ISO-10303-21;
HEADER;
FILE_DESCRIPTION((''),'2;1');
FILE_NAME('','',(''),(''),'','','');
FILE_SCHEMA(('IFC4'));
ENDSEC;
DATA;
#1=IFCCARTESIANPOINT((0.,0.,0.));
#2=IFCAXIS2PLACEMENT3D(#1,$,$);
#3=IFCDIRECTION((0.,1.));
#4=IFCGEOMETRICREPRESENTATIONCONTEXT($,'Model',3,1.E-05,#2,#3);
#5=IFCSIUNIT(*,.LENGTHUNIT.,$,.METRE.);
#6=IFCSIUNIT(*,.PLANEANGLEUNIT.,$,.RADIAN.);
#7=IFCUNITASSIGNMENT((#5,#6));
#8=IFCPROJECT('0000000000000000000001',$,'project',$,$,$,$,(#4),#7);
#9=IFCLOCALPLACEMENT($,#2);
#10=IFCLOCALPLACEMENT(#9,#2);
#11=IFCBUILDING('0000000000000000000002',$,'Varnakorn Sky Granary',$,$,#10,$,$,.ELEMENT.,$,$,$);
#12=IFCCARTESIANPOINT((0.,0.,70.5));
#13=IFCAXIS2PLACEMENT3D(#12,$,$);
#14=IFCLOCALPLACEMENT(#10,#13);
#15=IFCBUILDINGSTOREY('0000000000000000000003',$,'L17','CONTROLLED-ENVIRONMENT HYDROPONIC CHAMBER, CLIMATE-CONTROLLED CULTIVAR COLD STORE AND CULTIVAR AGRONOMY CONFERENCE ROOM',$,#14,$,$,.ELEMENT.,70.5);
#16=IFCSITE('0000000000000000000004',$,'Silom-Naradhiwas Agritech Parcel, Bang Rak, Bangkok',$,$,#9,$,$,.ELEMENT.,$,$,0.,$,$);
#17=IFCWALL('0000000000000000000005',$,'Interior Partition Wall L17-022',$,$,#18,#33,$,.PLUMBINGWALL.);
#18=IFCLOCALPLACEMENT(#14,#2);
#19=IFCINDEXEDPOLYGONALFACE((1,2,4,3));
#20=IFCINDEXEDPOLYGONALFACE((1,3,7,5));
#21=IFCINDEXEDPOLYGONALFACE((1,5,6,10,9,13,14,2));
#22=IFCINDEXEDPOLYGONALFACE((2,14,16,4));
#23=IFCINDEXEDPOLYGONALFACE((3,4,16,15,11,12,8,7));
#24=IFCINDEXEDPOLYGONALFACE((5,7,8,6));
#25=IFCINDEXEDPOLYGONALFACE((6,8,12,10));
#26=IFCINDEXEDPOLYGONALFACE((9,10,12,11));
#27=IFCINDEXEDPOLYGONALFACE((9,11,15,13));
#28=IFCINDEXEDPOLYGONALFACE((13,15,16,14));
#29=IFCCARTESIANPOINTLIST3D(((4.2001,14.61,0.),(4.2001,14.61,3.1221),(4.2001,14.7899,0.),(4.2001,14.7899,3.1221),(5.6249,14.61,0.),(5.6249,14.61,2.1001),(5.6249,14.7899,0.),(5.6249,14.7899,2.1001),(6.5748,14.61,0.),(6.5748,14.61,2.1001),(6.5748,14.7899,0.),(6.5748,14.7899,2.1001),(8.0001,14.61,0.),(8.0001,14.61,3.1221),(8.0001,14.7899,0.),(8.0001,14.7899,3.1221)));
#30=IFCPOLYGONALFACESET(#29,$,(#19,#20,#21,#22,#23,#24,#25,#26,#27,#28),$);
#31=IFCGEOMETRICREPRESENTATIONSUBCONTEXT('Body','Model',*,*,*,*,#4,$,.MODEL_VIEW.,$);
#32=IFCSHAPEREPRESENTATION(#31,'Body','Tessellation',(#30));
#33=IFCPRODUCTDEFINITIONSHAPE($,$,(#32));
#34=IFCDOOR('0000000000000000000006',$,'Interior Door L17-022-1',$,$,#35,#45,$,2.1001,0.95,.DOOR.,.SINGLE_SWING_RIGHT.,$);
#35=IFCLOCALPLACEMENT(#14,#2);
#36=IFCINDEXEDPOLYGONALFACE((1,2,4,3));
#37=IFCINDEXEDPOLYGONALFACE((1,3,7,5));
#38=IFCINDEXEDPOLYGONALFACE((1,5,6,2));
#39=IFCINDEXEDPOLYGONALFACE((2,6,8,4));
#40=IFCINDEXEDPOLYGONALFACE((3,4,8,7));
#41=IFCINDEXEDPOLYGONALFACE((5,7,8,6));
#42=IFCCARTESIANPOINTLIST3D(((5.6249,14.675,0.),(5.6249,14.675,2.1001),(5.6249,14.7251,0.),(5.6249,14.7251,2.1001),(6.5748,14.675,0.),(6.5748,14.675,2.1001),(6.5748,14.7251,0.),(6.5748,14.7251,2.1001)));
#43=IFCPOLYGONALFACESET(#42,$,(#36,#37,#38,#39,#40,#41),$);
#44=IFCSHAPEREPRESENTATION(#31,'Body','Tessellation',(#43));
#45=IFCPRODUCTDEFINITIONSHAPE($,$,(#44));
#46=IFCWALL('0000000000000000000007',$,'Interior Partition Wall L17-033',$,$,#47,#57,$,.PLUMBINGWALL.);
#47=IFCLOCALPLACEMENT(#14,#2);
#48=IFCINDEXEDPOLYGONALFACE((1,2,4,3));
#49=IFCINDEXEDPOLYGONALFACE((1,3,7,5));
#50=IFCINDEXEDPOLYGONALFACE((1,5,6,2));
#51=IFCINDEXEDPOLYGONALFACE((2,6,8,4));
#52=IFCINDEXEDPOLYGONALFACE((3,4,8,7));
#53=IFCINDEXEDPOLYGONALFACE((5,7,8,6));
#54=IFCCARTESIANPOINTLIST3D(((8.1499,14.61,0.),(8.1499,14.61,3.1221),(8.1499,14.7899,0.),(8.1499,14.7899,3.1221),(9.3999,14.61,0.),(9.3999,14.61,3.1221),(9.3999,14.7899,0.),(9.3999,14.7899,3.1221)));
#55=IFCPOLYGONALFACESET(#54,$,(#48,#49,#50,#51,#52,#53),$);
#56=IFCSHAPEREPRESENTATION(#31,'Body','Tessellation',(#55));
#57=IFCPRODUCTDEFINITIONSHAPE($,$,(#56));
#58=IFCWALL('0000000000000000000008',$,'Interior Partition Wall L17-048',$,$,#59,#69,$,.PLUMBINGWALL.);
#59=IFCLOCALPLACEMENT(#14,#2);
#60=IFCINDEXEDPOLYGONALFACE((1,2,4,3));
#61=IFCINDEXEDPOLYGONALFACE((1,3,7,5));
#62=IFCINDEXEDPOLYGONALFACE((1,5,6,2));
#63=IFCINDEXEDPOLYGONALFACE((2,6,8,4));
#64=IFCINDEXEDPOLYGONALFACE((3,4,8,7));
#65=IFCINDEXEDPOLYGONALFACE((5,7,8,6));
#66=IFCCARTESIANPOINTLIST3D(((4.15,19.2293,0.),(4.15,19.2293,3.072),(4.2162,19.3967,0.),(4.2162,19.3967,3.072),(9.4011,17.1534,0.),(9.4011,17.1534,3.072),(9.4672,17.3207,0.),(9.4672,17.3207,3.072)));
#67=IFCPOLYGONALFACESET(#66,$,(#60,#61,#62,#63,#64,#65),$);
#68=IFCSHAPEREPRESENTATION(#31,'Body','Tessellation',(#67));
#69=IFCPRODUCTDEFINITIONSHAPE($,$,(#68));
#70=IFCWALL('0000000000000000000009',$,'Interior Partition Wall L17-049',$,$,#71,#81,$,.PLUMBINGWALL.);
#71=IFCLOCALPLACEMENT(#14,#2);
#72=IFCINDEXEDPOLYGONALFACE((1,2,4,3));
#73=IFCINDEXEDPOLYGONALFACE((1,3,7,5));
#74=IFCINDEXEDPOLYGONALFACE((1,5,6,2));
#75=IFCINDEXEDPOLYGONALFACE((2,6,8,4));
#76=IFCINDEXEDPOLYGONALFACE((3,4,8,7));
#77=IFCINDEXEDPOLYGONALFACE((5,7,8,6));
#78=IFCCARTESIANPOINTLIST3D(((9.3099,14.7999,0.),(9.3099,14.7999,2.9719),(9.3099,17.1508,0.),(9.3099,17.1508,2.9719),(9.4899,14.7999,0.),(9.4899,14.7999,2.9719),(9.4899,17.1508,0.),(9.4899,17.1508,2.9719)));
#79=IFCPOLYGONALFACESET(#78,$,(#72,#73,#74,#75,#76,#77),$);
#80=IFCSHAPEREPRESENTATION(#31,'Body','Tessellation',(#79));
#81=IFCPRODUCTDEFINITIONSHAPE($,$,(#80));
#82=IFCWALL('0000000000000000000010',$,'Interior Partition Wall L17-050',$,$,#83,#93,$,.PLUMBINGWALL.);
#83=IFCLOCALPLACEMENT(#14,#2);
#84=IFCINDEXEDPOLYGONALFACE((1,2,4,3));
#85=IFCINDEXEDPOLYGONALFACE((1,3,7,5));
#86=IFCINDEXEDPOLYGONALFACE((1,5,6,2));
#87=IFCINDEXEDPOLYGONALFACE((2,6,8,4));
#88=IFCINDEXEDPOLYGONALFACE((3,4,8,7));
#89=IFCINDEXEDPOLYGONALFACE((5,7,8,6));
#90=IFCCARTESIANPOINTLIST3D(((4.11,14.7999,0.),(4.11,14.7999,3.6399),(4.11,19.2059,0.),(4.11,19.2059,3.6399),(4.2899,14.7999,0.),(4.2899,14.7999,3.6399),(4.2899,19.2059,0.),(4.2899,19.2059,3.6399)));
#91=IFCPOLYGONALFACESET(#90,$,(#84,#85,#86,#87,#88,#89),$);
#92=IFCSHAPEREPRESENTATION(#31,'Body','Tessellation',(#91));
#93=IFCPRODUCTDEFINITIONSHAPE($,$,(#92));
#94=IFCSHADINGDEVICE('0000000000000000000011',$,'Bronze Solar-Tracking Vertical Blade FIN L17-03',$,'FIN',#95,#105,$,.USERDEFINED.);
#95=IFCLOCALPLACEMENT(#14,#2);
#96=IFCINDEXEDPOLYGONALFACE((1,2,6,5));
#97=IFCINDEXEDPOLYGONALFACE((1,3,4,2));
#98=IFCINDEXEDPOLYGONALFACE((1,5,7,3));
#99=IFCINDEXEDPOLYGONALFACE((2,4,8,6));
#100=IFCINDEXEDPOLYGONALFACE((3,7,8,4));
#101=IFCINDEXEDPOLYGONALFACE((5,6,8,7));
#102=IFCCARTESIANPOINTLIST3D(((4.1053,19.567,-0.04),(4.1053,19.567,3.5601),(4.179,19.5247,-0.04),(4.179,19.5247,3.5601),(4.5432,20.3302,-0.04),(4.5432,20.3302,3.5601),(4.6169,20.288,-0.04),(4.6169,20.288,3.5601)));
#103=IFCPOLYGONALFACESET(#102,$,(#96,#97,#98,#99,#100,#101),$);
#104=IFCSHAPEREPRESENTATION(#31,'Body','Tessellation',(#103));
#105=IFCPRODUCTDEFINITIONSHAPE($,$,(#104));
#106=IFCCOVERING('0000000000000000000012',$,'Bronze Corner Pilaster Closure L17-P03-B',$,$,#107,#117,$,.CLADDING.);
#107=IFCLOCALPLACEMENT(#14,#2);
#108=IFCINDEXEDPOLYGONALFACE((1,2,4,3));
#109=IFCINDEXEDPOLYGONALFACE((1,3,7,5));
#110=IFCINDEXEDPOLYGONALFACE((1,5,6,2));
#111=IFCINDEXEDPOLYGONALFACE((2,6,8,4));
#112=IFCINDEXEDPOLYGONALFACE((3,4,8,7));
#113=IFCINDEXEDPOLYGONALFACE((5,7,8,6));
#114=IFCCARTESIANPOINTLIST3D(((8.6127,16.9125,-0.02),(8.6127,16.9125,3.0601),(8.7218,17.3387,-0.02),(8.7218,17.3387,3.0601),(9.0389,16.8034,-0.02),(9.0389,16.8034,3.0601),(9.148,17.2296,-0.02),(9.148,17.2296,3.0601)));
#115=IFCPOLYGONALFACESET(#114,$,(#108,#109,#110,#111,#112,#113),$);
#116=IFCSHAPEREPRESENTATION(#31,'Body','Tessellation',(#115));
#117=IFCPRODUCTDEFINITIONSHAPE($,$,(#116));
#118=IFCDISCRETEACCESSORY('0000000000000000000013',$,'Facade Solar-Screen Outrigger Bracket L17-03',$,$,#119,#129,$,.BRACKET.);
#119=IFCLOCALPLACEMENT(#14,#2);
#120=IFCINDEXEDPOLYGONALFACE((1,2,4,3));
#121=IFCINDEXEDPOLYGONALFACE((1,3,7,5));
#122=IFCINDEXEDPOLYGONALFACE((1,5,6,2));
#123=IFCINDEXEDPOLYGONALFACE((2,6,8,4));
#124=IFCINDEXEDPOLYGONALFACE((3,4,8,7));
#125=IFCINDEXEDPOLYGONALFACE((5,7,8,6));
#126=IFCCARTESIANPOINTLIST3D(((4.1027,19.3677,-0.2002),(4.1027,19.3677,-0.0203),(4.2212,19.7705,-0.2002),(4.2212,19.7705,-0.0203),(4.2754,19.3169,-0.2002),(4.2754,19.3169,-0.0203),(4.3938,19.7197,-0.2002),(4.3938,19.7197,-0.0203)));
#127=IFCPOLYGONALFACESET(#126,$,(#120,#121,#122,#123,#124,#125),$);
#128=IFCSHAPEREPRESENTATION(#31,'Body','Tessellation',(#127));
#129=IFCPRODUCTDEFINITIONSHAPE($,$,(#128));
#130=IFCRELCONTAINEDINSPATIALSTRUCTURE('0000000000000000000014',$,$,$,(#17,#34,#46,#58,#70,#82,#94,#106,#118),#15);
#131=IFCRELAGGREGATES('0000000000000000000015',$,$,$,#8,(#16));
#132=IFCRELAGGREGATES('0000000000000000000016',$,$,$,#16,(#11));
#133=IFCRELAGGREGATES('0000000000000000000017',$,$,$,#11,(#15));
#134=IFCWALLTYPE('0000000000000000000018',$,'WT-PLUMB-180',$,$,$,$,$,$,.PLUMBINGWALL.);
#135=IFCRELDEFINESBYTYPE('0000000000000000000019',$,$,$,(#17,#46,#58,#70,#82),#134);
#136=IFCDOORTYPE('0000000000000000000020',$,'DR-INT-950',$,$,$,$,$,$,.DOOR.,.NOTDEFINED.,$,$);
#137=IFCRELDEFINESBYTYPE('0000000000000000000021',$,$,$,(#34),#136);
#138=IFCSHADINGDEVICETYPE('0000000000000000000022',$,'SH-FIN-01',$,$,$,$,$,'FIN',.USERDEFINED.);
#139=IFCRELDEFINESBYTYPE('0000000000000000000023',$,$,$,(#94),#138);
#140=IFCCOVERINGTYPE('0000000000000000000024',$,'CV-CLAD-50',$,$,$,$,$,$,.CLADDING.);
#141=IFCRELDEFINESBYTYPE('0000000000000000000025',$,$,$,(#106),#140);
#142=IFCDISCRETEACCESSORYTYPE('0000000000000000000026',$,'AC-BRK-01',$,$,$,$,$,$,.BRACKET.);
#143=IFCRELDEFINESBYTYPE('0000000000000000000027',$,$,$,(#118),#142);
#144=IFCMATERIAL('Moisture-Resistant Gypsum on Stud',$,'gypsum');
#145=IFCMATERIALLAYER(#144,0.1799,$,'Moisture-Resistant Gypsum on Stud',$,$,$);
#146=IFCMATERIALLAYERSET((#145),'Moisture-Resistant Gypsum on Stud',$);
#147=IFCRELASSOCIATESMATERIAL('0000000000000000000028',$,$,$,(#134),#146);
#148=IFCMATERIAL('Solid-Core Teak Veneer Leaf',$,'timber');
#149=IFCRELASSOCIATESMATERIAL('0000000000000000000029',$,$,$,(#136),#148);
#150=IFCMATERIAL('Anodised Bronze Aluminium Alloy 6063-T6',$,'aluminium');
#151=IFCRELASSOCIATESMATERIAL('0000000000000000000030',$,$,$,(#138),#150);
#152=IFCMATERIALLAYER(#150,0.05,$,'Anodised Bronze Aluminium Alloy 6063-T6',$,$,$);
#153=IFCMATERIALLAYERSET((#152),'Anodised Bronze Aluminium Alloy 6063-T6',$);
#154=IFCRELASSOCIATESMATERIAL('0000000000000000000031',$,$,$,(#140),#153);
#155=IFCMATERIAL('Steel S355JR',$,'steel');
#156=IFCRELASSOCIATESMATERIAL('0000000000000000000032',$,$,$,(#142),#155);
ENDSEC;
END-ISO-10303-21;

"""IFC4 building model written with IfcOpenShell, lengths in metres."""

from ifc_helpers import new_model, si_unit, direction, frame, frame_2d, origin, origin_2d, place, context, subcontext, project, spatial, rectangle, extrude, source, transform, mapped, material, layer, layer_set, type_object, type_shapes, element, fill, save


model = new_model("IFC4")

# Units and contexts
model_context = context("Model", 3, precision=1e-05, world=origin(), true_north=direction((0.0, 1.0)))
body_context = subcontext(model_context, "Body", "Model", "MODEL_VIEW")
ifc_project = project(units=[si_unit("LENGTHUNIT", "METRE"), si_unit("PLANEANGLEUNIT", "RADIAN")], contexts=[model_context])

# Site, building, storey
site_placement = place(None, origin())
site = spatial("IfcSite", under=ifc_project, at=site_placement, Name="Silom-Naradhiwas Agritech Parcel, Bang Rak, Bangkok", CompositionType="ELEMENT", RefElevation=0.0)
building_placement = place(site_placement, origin())
building = spatial("IfcBuilding", under=site, at=building_placement, Name="Varnakorn Sky Granary", CompositionType="ELEMENT")
storey_placement = place(building_placement, frame((0.0, 0.0, 70.5)))
storey = spatial("IfcBuildingStorey", under=building, at=storey_placement, Name="L17", Description="CONTROLLED-ENVIRONMENT HYDROPONIC CHAMBER, CLIMATE-CONTROLLED CULTIVAR COLD STORE AND CULTIVAR AGRONOMY CONFERENCE ROOM", CompositionType="ELEMENT", Elevation=70.5)

# Shared definitions
ifc_material_1 = material(Name="Steel S355JR", Category="steel")

# Shared definitions
ifc_material_2 = material(Name="Anodised Bronze Aluminium Alloy 6063-T6", Category="aluminium")

# Wall, opening, door
ifc_material_3 = material(Name="Moisture-Resistant Gypsum on Stud", Category="gypsum")
ifc_layer_1 = layer(ifc_material_3, 0.1799, Name="Moisture-Resistant Gypsum on Stud")
ifc_layer_set_1 = layer_set([ifc_layer_1], Name="Moisture-Resistant Gypsum on Stud")
wall_type_1 = type_object("IfcWallType", Name="WT-PLUMB-180", PredefinedType="PLUMBINGWALL", material=ifc_layer_set_1)
wall_1_placement = place(storey_placement, frame((8.0, 14.7, 0.0), z_axis=(0.0, 0.0, 1.0), x_axis=(-1.0, 0.0, 0.0)))
wall_1 = element("IfcWall", 1, at=wall_1_placement, inside=storey, type_object=wall_type_1, Name="Interior Partition Wall L17-022", PredefinedType="PLUMBINGWALL", context=body_context, shape_type="SweptSolid", body=[
    extrude(rectangle(XDim=3.8, YDim=0.1799, at=frame_2d((1.8999, 0.0))), origin(), (0.0, 0.0, 1.0), 3.1221),
])
opening_placement = place(wall_1_placement, frame((1.425, 0.0, 0.0)))
opening = element("IfcOpeningElement", 2, at=opening_placement, cuts=wall_1, PredefinedType="OPENING", context=body_context, shape_type="SweptSolid", body=[
    extrude(rectangle(XDim=0.95, YDim=2.1001, at=frame_2d((0.4751, 1.05))), frame((0.0, 0.1001, 0.0), z_axis=(0.0, -1.0, 0.0), x_axis=(1.0, 0.0, 0.0)), (0.0, 0.0, 1.0), 0.2),
])
ifc_material_4 = material(Name="Solid-Core Teak Veneer Leaf", Category="timber")
door_type = type_object("IfcDoorType", Name="DR-INT-950", OperationType="NOTDEFINED", PredefinedType="DOOR", material=ifc_material_4)
door_placement = place(opening_placement, origin())
door = element("IfcDoor", 3, at=door_placement, inside=storey, type_object=door_type, Name="Interior Door L17-022-1", OperationType="SINGLE_SWING_RIGHT", OverallHeight=2.1001, OverallWidth=0.95, PredefinedType="DOOR", context=body_context, shape_type="SweptSolid", body=[
    extrude(rectangle(XDim=0.95, YDim=2.1001, at=frame_2d((0.4751, 1.05))), frame((0.0, 0.0249, 0.0), z_axis=(0.0, -1.0, 0.0), x_axis=(1.0, 0.0, 0.0)), (0.0, 0.0, 1.0), 0.05),
])
fill(opening, door)

# Walls
wall_2_placement = place(storey_placement, frame((9.3999, 14.7, 0.0), z_axis=(0.0, 0.0, 1.0), x_axis=(-1.0, 0.0, 0.0)))
element("IfcWall", 4, at=wall_2_placement, inside=storey, type_object=wall_type_1, Name="Interior Partition Wall L17-033", PredefinedType="PLUMBINGWALL", context=body_context, shape_type="SweptSolid", body=[
    extrude(rectangle(XDim=1.25, YDim=0.1799, at=frame_2d((0.625, 0.0))), origin(), (0.0, 0.0, 1.0), 3.1221),
])
wall_3_placement = place(storey_placement, frame((4.1831, 19.313, 0.0), z_axis=(0.0, 0.0, 1.0), x_axis=(0.929963, -0.367653, 0.0)))
element("IfcWall", 5, at=wall_3_placement, inside=storey, type_object=wall_type_1, Name="Interior Partition Wall L17-048", PredefinedType="PLUMBINGWALL", context=body_context, shape_type="SweptSolid", body=[
    extrude(rectangle(XDim=5.6465, YDim=0.1799, at=frame_2d((2.8232, 0.0))), origin(), (0.0, 0.0, 1.0), 3.072),
])
wall_4_placement = place(storey_placement, frame((9.3999, 14.8, 0.0), z_axis=(0.0, 0.0, 1.0), x_axis=(0.0, 1.0, 0.0)))
element("IfcWall", 6, at=wall_4_placement, inside=storey, type_object=wall_type_1, Name="Interior Partition Wall L17-049", PredefinedType="PLUMBINGWALL", context=body_context, shape_type="SweptSolid", body=[
    extrude(rectangle(XDim=2.3508, YDim=0.1799, at=frame_2d((1.1753, 0.0))), origin(), (0.0, 0.0, 1.0), 2.9719),
])
wall_5_placement = place(storey_placement, frame((4.2, 19.2061, 0.0), z_axis=(0.0, 0.0, 1.0), x_axis=(0.0, -1.0, 0.0)))
element("IfcWall", 7, at=wall_5_placement, inside=storey, type_object=wall_type_1, Name="Interior Partition Wall L17-050", PredefinedType="PLUMBINGWALL", context=body_context, shape_type="SweptSolid", body=[
    extrude(rectangle(XDim=4.406, YDim=0.1799, at=frame_2d((2.2031, 0.0))), origin(), (0.0, 0.0, 1.0), 3.6399),
])

# Shading device
shading_device_type = type_object("IfcShadingDeviceType", Name="SH-FIN-01", ElementType="FIN", PredefinedType="USERDEFINED", material=ifc_material_2)
shared_shape_1 = source(origin(), body_context, "Body", "SweptSolid", [
    extrude(rectangle(XDim=0.085, YDim=0.8799, at=origin_2d()), origin(), (0.0, 0.0, 1.0), 3.6001),
])
type_shapes(shading_device_type, [shared_shape_1])
shading_device_placement = place(storey_placement, frame((4.3611, 19.9275, -0.04), z_axis=(0.0, 0.0, 1.0), x_axis=(-0.8674, 0.497612, 0.0)))
element("IfcShadingDevice", 8, at=shading_device_placement, inside=storey, type_object=shading_device_type, Name="Bronze Solar-Tracking Vertical Blade FIN L17-03", ObjectType="FIN", PredefinedType="USERDEFINED", context=body_context, shape_type="MappedRepresentation", body=[
    mapped(shared_shape_1, transform((0.0, 0.0, 0.0), x_axis=(1.0, 0.0, 0.0), y_axis=(0.0, 1.0, 0.0), z_axis=(0.0, 0.0, 1.0), scale=1.0)),
])

# Covering
ifc_layer_2 = layer(ifc_material_2, 0.05, Name="Anodised Bronze Aluminium Alloy 6063-T6")
ifc_layer_set_2 = layer_set([ifc_layer_2], Name="Anodised Bronze Aluminium Alloy 6063-T6")
covering_type = type_object("IfcCoveringType", Name="CV-CLAD-50", PredefinedType="CLADDING", material=ifc_layer_set_2)
shared_shape_2 = source(origin(), body_context, "Body", "SweptSolid", [
    extrude(rectangle(XDim=0.4399, YDim=0.4399, at=origin_2d()), origin(), (0.0, 0.0, 1.0), 3.0801),
])
type_shapes(covering_type, [shared_shape_2])
covering_placement = place(storey_placement, frame((8.8804, 17.071, -0.02), z_axis=(0.0, 0.0, 1.0), x_axis=(0.968757, -0.248014, 0.0)))
element("IfcCovering", 9, at=covering_placement, inside=storey, type_object=covering_type, Name="Bronze Corner Pilaster Closure L17-P03-B", PredefinedType="CLADDING", context=body_context, shape_type="MappedRepresentation", body=[
    mapped(shared_shape_2, transform((0.0, 0.0, 0.0), x_axis=(1.0, 0.0, 0.0), y_axis=(0.0, 1.0, 0.0), z_axis=(0.0, 0.0, 1.0), scale=1.0)),
])

# Discrete accessory
discrete_accessory_type = type_object("IfcDiscreteAccessoryType", Name="AC-BRK-01", PredefinedType="BRACKET", material=ifc_material_1)
shared_shape_3 = source(origin(), body_context, "Body", "SweptSolid", [
    extrude(rectangle(XDim=0.1799, YDim=0.4199, at=origin_2d()), origin(), (0.0, 0.0, 1.0), 0.1799),
])
type_shapes(discrete_accessory_type, [shared_shape_3])
discrete_accessory_placement = place(storey_placement, frame((4.2483, 19.5437, -0.2002), z_axis=(0.0, 0.0, 1.0), x_axis=(-0.959363, 0.282176, 0.0)))
element("IfcDiscreteAccessory", 10, at=discrete_accessory_placement, inside=storey, type_object=discrete_accessory_type, Name="Facade Solar-Screen Outrigger Bracket L17-03", PredefinedType="BRACKET", context=body_context, shape_type="MappedRepresentation", body=[
    mapped(shared_shape_3, transform((0.0, 0.0, 0.0), x_axis=(1.0, 0.0, 0.0), y_axis=(0.0, 1.0, 0.0), z_axis=(0.0, 0.0, 1.0), scale=1.0)),
])

save(model, "model.ifc")
